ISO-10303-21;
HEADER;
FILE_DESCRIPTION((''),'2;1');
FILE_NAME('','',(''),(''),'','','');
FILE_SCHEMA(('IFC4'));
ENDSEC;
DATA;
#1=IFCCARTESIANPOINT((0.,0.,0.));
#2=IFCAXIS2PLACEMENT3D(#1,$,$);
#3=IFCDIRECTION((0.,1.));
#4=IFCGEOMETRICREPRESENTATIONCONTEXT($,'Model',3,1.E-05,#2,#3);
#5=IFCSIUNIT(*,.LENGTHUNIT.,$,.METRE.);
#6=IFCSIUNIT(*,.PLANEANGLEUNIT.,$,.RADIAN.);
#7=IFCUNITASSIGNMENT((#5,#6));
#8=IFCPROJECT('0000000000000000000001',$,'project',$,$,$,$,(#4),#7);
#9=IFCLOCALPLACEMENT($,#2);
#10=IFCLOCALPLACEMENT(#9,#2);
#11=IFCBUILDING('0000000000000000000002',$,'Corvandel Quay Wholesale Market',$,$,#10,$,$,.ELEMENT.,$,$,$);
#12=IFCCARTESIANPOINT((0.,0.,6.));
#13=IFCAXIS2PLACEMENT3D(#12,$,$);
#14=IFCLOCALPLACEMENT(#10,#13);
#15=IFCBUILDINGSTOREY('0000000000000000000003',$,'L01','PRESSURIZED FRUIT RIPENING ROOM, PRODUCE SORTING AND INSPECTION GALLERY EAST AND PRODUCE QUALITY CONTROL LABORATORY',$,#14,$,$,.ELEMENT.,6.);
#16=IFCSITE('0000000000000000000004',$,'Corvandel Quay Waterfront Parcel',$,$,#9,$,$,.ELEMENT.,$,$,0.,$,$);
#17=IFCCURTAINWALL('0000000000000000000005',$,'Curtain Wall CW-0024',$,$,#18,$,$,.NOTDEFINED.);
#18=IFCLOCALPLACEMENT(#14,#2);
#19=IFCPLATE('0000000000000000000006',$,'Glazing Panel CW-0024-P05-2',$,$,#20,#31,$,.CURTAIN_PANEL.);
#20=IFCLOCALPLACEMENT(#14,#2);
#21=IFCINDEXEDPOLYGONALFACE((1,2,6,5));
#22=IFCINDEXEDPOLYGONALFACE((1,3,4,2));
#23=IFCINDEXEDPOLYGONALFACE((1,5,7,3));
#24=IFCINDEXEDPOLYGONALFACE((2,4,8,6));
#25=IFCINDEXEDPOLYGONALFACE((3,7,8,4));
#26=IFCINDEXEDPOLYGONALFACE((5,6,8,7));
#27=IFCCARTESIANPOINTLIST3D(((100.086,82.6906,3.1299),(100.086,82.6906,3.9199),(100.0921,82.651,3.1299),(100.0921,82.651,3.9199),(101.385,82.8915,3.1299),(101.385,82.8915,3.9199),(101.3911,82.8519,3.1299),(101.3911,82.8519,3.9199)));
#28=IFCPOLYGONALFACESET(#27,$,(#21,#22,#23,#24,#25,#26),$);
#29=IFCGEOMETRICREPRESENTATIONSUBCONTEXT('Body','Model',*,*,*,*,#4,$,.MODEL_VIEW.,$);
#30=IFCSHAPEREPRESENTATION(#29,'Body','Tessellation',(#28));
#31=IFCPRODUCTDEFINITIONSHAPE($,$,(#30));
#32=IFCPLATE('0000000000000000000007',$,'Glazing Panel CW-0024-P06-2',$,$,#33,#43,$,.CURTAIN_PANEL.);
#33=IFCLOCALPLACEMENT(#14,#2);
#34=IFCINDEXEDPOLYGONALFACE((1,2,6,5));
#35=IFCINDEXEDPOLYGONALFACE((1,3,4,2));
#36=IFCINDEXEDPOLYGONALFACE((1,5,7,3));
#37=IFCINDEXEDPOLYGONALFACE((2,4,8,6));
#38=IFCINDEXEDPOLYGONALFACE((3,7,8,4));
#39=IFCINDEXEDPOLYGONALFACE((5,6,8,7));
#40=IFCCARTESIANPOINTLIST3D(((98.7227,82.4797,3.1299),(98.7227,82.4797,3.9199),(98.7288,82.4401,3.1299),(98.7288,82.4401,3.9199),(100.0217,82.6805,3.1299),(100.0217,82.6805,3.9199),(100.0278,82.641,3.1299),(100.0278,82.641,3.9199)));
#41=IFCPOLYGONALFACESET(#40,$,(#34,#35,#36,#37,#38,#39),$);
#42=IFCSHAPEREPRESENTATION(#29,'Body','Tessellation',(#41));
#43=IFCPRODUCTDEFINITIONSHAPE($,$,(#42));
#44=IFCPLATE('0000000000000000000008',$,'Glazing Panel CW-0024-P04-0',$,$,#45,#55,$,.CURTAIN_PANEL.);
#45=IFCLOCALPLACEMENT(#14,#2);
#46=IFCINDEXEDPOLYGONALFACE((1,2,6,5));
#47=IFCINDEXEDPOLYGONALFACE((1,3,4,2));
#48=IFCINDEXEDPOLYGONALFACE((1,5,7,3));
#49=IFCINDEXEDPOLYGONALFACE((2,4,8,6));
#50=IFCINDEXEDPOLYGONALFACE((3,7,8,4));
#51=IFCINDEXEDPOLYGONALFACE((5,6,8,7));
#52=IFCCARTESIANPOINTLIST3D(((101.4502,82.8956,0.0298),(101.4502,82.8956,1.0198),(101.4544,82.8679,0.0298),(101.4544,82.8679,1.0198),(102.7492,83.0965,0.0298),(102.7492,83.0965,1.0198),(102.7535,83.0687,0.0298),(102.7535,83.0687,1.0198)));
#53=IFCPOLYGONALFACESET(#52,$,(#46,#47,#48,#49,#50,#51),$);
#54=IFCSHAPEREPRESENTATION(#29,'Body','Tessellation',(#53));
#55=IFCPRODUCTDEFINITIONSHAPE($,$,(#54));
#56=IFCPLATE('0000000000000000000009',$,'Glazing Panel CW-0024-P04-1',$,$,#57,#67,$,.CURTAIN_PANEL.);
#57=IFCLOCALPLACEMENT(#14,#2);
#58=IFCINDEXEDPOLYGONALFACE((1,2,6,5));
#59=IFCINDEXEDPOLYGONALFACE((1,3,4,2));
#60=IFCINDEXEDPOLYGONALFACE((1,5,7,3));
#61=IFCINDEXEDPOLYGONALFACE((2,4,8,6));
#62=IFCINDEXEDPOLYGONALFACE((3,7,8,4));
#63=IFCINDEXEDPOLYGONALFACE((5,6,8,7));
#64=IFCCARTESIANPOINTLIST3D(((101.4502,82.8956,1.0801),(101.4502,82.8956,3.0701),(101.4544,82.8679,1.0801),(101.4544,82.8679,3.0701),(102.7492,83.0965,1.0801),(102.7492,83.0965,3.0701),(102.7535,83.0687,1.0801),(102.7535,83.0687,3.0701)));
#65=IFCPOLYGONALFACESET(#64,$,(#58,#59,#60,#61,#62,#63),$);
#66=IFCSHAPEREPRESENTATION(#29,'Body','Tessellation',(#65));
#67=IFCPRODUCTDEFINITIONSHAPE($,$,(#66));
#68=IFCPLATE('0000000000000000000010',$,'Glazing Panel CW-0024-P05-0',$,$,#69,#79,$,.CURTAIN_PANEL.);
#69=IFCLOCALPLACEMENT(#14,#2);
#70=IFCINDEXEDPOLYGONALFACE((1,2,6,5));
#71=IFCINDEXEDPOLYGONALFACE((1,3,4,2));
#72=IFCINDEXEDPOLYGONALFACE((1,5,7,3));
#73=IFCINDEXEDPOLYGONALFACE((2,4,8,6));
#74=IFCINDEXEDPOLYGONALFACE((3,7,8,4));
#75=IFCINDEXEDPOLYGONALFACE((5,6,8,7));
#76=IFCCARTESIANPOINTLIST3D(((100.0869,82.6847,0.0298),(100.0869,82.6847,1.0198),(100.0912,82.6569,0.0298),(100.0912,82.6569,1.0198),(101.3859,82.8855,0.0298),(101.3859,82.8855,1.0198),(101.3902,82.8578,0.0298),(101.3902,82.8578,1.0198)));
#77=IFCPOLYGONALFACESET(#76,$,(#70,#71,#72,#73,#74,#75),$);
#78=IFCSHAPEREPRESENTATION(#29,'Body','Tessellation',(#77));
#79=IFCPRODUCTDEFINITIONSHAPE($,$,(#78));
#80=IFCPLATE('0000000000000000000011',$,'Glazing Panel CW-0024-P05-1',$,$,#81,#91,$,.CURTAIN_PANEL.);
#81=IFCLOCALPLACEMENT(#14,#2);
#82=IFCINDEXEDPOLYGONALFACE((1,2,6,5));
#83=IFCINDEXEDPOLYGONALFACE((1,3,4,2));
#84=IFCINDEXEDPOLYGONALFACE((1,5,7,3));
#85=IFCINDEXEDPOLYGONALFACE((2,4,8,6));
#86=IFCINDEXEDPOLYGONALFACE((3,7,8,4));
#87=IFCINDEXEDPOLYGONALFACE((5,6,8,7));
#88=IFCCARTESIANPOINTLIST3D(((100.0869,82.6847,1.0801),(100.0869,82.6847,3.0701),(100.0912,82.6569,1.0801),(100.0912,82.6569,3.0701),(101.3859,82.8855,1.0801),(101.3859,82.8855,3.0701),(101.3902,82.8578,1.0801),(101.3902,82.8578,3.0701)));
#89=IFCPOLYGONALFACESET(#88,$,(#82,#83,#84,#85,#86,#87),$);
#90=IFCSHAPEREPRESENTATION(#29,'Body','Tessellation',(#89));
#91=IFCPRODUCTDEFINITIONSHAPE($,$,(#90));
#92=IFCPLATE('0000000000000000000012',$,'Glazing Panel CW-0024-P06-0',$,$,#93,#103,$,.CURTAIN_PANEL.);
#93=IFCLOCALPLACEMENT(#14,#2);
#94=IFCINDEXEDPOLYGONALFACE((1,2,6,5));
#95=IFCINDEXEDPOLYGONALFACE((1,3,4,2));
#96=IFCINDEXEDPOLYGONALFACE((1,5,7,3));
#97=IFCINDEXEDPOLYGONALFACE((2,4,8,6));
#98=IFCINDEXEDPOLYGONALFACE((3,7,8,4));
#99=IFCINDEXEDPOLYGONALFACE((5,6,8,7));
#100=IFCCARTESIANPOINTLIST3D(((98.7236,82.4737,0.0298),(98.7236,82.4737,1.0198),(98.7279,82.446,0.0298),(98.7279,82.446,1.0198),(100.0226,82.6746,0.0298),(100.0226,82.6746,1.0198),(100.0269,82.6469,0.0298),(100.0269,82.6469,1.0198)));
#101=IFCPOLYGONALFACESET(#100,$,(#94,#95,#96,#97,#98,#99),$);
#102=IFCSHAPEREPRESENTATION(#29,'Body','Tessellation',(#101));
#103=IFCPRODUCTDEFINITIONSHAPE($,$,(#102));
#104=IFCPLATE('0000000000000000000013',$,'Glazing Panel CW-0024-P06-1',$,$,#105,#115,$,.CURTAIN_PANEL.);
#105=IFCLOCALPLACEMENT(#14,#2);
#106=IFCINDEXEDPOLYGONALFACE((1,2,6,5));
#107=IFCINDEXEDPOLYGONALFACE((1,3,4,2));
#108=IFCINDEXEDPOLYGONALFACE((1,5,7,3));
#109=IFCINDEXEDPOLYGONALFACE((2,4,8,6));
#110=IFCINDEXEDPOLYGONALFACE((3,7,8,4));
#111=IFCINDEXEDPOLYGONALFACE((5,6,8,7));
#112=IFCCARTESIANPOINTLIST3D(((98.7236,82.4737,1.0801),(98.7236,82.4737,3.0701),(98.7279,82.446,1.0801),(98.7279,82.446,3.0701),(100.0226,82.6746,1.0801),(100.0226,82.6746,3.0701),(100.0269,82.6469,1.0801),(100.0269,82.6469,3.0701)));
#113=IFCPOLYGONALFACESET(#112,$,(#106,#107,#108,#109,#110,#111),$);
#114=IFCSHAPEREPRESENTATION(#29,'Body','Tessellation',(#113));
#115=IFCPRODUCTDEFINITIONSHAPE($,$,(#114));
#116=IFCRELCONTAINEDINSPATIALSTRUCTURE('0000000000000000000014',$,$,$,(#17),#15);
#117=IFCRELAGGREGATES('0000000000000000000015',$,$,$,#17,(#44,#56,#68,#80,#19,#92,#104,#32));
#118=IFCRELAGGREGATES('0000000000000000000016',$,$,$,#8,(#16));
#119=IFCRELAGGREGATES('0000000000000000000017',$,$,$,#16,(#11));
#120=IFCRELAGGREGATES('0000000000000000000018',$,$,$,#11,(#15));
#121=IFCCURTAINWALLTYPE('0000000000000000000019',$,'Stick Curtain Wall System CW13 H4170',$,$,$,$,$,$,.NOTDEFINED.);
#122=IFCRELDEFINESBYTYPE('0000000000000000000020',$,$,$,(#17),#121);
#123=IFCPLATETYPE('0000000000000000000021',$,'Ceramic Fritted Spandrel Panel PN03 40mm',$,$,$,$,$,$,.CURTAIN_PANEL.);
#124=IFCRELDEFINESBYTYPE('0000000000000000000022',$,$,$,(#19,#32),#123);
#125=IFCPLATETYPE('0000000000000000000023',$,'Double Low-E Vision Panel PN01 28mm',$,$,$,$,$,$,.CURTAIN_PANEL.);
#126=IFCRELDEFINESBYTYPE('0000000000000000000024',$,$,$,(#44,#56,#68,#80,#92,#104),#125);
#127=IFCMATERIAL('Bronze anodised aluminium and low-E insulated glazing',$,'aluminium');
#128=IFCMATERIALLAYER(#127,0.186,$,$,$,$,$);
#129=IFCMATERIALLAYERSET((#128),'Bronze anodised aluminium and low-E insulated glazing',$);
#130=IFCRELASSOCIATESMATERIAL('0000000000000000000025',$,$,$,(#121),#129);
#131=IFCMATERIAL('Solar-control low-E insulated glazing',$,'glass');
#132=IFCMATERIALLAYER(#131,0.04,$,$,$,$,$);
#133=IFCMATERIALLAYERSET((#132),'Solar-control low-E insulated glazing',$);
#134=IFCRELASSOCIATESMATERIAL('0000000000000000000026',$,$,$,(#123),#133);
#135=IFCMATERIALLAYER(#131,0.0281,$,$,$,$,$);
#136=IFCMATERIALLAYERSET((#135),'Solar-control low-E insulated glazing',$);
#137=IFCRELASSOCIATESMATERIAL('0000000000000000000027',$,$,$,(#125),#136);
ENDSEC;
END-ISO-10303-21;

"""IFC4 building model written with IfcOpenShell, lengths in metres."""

from ifc_helpers import new_model, si_unit, direction, frame, origin, origin_2d, place, context, subcontext, project, spatial, rectangle, extrude, material, layer, layer_set, type_object, element, aggregate, save


model = new_model("IFC4")

# Units and contexts
model_context = context("Model", 3, precision=1e-05, world=origin(), true_north=direction((0.0, 1.0)))
body_context = subcontext(model_context, "Body", "Model", "MODEL_VIEW")
ifc_project = project(units=[si_unit("LENGTHUNIT", "METRE"), si_unit("PLANEANGLEUNIT", "RADIAN")], contexts=[model_context])

# Site, building, storey
site_placement = place(None, origin())
site = spatial("IfcSite", under=ifc_project, at=site_placement, Name="Corvandel Quay Waterfront Parcel", CompositionType="ELEMENT", RefElevation=0.0)
building_placement = place(site_placement, origin())
building = spatial("IfcBuilding", under=site, at=building_placement, Name="Corvandel Quay Wholesale Market", CompositionType="ELEMENT")
storey_placement = place(building_placement, frame((0.0, 0.0, 6.0)))
storey = spatial("IfcBuildingStorey", under=building, at=storey_placement, Name="L01", Description="PRESSURIZED FRUIT RIPENING ROOM, PRODUCE SORTING AND INSPECTION GALLERY EAST AND PRODUCE QUALITY CONTROL LABORATORY", CompositionType="ELEMENT", Elevation=6.0)

# Curtain wall, plates
ifc_material_1 = material(Name="Bronze anodised aluminium and low-E insulated glazing", Category="aluminium")
ifc_layer_1 = layer(ifc_material_1, 0.186)
ifc_layer_set_1 = layer_set([ifc_layer_1], Name="Bronze anodised aluminium and low-E insulated glazing")
curtain_wall_type = type_object("IfcCurtainWallType", Name="Stick Curtain Wall System CW13 H4170", PredefinedType="NOTDEFINED", material=ifc_layer_set_1)
curtain_wall_placement = place(storey_placement, origin())
curtain_wall = element("IfcCurtainWall", 1, at=curtain_wall_placement, inside=storey, type_object=curtain_wall_type, Name="Curtain Wall CW-0024", PredefinedType="NOTDEFINED")
ifc_material_2 = material(Name="Solar-control low-E insulated glazing", Category="glass")
ifc_layer_2 = layer(ifc_material_2, 0.04)
ifc_layer_set_2 = layer_set([ifc_layer_2], Name="Solar-control low-E insulated glazing")
plate_type_1 = type_object("IfcPlateType", Name="Ceramic Fritted Spandrel Panel PN03 40mm", PredefinedType="CURTAIN_PANEL", material=ifc_layer_set_2)
plate_1_placement = place(storey_placement, frame((100.7385, 82.7712, 3.1299), z_axis=(0.0, 0.0, 1.0), x_axis=(0.988255, 0.152813, 0.0)))
plate_1 = element("IfcPlate", 2, at=plate_1_placement, type_object=plate_type_1, Name="Glazing Panel CW-0024-P05-2", PredefinedType="CURTAIN_PANEL", context=body_context, shape_type="SweptSolid", body=[
    extrude(rectangle(XDim=1.3145, YDim=0.04, at=origin_2d()), origin(), (0.0, 0.0, 1.0), 0.79),
])
plate_2_placement = place(storey_placement, frame((99.3752, 82.5603, 3.1299), z_axis=(0.0, 0.0, 1.0), x_axis=(0.988255, 0.152813, 0.0)))
plate_2 = element("IfcPlate", 3, at=plate_2_placement, type_object=plate_type_1, Name="Glazing Panel CW-0024-P06-2", PredefinedType="CURTAIN_PANEL", context=body_context, shape_type="SweptSolid", body=[
    extrude(rectangle(XDim=1.3145, YDim=0.04, at=origin_2d()), origin(), (0.0, 0.0, 1.0), 0.79),
])
ifc_layer_3 = layer(ifc_material_2, 0.0281)
ifc_layer_set_3 = layer_set([ifc_layer_3], Name="Solar-control low-E insulated glazing")
plate_type_2 = type_object("IfcPlateType", Name="Double Low-E Vision Panel PN01 28mm", PredefinedType="CURTAIN_PANEL", material=ifc_layer_set_3)
plate_3_placement = place(storey_placement, frame((102.1018, 82.9822, 0.0298), z_axis=(0.0, 0.0, 1.0), x_axis=(0.988255, 0.152813, 0.0)))
plate_3 = element("IfcPlate", 4, at=plate_3_placement, type_object=plate_type_2, Name="Glazing Panel CW-0024-P04-0", PredefinedType="CURTAIN_PANEL", context=body_context, shape_type="SweptSolid", body=[
    extrude(rectangle(XDim=1.3145, YDim=0.0281, at=origin_2d()), origin(), (0.0, 0.0, 1.0), 0.99),
])
plate_4_placement = place(storey_placement, frame((102.1018, 82.9822, 1.0801), z_axis=(0.0, 0.0, 1.0), x_axis=(0.988255, 0.152813, 0.0)))
plate_4 = element("IfcPlate", 5, at=plate_4_placement, type_object=plate_type_2, Name="Glazing Panel CW-0024-P04-1", PredefinedType="CURTAIN_PANEL", context=body_context, shape_type="SweptSolid", body=[
    extrude(rectangle(XDim=1.3145, YDim=0.0281, at=origin_2d()), origin(), (0.0, 0.0, 1.0), 1.99),
])
plate_5_placement = place(storey_placement, frame((100.7385, 82.7712, 0.0298), z_axis=(0.0, 0.0, 1.0), x_axis=(0.988255, 0.152813, 0.0)))
plate_5 = element("IfcPlate", 6, at=plate_5_placement, type_object=plate_type_2, Name="Glazing Panel CW-0024-P05-0", PredefinedType="CURTAIN_PANEL", context=body_context, shape_type="SweptSolid", body=[
    extrude(rectangle(XDim=1.3145, YDim=0.0281, at=origin_2d()), origin(), (0.0, 0.0, 1.0), 0.99),
])
plate_6_placement = place(storey_placement, frame((100.7385, 82.7712, 1.0801), z_axis=(0.0, 0.0, 1.0), x_axis=(0.988255, 0.152813, 0.0)))
plate_6 = element("IfcPlate", 7, at=plate_6_placement, type_object=plate_type_2, Name="Glazing Panel CW-0024-P05-1", PredefinedType="CURTAIN_PANEL", context=body_context, shape_type="SweptSolid", body=[
    extrude(rectangle(XDim=1.3145, YDim=0.0281, at=origin_2d()), origin(), (0.0, 0.0, 1.0), 1.99),
])
plate_7_placement = place(storey_placement, frame((99.3752, 82.5603, 0.0298), z_axis=(0.0, 0.0, 1.0), x_axis=(0.988255, 0.152813, 0.0)))
plate_7 = element("IfcPlate", 8, at=plate_7_placement, type_object=plate_type_2, Name="Glazing Panel CW-0024-P06-0", PredefinedType="CURTAIN_PANEL", context=body_context, shape_type="SweptSolid", body=[
    extrude(rectangle(XDim=1.3145, YDim=0.0281, at=origin_2d()), origin(), (0.0, 0.0, 1.0), 0.99),
])
plate_8_placement = place(storey_placement, frame((99.3752, 82.5603, 1.0801), z_axis=(0.0, 0.0, 1.0), x_axis=(0.988255, 0.152813, 0.0)))
plate_8 = element("IfcPlate", 9, at=plate_8_placement, type_object=plate_type_2, Name="Glazing Panel CW-0024-P06-1", PredefinedType="CURTAIN_PANEL", context=body_context, shape_type="SweptSolid", body=[
    extrude(rectangle(XDim=1.3145, YDim=0.0281, at=origin_2d()), origin(), (0.0, 0.0, 1.0), 1.99),
])
aggregate(curtain_wall, [plate_3, plate_4, plate_5, plate_6, plate_1, plate_7, plate_8, plate_2])

save(model, "model.ifc")
